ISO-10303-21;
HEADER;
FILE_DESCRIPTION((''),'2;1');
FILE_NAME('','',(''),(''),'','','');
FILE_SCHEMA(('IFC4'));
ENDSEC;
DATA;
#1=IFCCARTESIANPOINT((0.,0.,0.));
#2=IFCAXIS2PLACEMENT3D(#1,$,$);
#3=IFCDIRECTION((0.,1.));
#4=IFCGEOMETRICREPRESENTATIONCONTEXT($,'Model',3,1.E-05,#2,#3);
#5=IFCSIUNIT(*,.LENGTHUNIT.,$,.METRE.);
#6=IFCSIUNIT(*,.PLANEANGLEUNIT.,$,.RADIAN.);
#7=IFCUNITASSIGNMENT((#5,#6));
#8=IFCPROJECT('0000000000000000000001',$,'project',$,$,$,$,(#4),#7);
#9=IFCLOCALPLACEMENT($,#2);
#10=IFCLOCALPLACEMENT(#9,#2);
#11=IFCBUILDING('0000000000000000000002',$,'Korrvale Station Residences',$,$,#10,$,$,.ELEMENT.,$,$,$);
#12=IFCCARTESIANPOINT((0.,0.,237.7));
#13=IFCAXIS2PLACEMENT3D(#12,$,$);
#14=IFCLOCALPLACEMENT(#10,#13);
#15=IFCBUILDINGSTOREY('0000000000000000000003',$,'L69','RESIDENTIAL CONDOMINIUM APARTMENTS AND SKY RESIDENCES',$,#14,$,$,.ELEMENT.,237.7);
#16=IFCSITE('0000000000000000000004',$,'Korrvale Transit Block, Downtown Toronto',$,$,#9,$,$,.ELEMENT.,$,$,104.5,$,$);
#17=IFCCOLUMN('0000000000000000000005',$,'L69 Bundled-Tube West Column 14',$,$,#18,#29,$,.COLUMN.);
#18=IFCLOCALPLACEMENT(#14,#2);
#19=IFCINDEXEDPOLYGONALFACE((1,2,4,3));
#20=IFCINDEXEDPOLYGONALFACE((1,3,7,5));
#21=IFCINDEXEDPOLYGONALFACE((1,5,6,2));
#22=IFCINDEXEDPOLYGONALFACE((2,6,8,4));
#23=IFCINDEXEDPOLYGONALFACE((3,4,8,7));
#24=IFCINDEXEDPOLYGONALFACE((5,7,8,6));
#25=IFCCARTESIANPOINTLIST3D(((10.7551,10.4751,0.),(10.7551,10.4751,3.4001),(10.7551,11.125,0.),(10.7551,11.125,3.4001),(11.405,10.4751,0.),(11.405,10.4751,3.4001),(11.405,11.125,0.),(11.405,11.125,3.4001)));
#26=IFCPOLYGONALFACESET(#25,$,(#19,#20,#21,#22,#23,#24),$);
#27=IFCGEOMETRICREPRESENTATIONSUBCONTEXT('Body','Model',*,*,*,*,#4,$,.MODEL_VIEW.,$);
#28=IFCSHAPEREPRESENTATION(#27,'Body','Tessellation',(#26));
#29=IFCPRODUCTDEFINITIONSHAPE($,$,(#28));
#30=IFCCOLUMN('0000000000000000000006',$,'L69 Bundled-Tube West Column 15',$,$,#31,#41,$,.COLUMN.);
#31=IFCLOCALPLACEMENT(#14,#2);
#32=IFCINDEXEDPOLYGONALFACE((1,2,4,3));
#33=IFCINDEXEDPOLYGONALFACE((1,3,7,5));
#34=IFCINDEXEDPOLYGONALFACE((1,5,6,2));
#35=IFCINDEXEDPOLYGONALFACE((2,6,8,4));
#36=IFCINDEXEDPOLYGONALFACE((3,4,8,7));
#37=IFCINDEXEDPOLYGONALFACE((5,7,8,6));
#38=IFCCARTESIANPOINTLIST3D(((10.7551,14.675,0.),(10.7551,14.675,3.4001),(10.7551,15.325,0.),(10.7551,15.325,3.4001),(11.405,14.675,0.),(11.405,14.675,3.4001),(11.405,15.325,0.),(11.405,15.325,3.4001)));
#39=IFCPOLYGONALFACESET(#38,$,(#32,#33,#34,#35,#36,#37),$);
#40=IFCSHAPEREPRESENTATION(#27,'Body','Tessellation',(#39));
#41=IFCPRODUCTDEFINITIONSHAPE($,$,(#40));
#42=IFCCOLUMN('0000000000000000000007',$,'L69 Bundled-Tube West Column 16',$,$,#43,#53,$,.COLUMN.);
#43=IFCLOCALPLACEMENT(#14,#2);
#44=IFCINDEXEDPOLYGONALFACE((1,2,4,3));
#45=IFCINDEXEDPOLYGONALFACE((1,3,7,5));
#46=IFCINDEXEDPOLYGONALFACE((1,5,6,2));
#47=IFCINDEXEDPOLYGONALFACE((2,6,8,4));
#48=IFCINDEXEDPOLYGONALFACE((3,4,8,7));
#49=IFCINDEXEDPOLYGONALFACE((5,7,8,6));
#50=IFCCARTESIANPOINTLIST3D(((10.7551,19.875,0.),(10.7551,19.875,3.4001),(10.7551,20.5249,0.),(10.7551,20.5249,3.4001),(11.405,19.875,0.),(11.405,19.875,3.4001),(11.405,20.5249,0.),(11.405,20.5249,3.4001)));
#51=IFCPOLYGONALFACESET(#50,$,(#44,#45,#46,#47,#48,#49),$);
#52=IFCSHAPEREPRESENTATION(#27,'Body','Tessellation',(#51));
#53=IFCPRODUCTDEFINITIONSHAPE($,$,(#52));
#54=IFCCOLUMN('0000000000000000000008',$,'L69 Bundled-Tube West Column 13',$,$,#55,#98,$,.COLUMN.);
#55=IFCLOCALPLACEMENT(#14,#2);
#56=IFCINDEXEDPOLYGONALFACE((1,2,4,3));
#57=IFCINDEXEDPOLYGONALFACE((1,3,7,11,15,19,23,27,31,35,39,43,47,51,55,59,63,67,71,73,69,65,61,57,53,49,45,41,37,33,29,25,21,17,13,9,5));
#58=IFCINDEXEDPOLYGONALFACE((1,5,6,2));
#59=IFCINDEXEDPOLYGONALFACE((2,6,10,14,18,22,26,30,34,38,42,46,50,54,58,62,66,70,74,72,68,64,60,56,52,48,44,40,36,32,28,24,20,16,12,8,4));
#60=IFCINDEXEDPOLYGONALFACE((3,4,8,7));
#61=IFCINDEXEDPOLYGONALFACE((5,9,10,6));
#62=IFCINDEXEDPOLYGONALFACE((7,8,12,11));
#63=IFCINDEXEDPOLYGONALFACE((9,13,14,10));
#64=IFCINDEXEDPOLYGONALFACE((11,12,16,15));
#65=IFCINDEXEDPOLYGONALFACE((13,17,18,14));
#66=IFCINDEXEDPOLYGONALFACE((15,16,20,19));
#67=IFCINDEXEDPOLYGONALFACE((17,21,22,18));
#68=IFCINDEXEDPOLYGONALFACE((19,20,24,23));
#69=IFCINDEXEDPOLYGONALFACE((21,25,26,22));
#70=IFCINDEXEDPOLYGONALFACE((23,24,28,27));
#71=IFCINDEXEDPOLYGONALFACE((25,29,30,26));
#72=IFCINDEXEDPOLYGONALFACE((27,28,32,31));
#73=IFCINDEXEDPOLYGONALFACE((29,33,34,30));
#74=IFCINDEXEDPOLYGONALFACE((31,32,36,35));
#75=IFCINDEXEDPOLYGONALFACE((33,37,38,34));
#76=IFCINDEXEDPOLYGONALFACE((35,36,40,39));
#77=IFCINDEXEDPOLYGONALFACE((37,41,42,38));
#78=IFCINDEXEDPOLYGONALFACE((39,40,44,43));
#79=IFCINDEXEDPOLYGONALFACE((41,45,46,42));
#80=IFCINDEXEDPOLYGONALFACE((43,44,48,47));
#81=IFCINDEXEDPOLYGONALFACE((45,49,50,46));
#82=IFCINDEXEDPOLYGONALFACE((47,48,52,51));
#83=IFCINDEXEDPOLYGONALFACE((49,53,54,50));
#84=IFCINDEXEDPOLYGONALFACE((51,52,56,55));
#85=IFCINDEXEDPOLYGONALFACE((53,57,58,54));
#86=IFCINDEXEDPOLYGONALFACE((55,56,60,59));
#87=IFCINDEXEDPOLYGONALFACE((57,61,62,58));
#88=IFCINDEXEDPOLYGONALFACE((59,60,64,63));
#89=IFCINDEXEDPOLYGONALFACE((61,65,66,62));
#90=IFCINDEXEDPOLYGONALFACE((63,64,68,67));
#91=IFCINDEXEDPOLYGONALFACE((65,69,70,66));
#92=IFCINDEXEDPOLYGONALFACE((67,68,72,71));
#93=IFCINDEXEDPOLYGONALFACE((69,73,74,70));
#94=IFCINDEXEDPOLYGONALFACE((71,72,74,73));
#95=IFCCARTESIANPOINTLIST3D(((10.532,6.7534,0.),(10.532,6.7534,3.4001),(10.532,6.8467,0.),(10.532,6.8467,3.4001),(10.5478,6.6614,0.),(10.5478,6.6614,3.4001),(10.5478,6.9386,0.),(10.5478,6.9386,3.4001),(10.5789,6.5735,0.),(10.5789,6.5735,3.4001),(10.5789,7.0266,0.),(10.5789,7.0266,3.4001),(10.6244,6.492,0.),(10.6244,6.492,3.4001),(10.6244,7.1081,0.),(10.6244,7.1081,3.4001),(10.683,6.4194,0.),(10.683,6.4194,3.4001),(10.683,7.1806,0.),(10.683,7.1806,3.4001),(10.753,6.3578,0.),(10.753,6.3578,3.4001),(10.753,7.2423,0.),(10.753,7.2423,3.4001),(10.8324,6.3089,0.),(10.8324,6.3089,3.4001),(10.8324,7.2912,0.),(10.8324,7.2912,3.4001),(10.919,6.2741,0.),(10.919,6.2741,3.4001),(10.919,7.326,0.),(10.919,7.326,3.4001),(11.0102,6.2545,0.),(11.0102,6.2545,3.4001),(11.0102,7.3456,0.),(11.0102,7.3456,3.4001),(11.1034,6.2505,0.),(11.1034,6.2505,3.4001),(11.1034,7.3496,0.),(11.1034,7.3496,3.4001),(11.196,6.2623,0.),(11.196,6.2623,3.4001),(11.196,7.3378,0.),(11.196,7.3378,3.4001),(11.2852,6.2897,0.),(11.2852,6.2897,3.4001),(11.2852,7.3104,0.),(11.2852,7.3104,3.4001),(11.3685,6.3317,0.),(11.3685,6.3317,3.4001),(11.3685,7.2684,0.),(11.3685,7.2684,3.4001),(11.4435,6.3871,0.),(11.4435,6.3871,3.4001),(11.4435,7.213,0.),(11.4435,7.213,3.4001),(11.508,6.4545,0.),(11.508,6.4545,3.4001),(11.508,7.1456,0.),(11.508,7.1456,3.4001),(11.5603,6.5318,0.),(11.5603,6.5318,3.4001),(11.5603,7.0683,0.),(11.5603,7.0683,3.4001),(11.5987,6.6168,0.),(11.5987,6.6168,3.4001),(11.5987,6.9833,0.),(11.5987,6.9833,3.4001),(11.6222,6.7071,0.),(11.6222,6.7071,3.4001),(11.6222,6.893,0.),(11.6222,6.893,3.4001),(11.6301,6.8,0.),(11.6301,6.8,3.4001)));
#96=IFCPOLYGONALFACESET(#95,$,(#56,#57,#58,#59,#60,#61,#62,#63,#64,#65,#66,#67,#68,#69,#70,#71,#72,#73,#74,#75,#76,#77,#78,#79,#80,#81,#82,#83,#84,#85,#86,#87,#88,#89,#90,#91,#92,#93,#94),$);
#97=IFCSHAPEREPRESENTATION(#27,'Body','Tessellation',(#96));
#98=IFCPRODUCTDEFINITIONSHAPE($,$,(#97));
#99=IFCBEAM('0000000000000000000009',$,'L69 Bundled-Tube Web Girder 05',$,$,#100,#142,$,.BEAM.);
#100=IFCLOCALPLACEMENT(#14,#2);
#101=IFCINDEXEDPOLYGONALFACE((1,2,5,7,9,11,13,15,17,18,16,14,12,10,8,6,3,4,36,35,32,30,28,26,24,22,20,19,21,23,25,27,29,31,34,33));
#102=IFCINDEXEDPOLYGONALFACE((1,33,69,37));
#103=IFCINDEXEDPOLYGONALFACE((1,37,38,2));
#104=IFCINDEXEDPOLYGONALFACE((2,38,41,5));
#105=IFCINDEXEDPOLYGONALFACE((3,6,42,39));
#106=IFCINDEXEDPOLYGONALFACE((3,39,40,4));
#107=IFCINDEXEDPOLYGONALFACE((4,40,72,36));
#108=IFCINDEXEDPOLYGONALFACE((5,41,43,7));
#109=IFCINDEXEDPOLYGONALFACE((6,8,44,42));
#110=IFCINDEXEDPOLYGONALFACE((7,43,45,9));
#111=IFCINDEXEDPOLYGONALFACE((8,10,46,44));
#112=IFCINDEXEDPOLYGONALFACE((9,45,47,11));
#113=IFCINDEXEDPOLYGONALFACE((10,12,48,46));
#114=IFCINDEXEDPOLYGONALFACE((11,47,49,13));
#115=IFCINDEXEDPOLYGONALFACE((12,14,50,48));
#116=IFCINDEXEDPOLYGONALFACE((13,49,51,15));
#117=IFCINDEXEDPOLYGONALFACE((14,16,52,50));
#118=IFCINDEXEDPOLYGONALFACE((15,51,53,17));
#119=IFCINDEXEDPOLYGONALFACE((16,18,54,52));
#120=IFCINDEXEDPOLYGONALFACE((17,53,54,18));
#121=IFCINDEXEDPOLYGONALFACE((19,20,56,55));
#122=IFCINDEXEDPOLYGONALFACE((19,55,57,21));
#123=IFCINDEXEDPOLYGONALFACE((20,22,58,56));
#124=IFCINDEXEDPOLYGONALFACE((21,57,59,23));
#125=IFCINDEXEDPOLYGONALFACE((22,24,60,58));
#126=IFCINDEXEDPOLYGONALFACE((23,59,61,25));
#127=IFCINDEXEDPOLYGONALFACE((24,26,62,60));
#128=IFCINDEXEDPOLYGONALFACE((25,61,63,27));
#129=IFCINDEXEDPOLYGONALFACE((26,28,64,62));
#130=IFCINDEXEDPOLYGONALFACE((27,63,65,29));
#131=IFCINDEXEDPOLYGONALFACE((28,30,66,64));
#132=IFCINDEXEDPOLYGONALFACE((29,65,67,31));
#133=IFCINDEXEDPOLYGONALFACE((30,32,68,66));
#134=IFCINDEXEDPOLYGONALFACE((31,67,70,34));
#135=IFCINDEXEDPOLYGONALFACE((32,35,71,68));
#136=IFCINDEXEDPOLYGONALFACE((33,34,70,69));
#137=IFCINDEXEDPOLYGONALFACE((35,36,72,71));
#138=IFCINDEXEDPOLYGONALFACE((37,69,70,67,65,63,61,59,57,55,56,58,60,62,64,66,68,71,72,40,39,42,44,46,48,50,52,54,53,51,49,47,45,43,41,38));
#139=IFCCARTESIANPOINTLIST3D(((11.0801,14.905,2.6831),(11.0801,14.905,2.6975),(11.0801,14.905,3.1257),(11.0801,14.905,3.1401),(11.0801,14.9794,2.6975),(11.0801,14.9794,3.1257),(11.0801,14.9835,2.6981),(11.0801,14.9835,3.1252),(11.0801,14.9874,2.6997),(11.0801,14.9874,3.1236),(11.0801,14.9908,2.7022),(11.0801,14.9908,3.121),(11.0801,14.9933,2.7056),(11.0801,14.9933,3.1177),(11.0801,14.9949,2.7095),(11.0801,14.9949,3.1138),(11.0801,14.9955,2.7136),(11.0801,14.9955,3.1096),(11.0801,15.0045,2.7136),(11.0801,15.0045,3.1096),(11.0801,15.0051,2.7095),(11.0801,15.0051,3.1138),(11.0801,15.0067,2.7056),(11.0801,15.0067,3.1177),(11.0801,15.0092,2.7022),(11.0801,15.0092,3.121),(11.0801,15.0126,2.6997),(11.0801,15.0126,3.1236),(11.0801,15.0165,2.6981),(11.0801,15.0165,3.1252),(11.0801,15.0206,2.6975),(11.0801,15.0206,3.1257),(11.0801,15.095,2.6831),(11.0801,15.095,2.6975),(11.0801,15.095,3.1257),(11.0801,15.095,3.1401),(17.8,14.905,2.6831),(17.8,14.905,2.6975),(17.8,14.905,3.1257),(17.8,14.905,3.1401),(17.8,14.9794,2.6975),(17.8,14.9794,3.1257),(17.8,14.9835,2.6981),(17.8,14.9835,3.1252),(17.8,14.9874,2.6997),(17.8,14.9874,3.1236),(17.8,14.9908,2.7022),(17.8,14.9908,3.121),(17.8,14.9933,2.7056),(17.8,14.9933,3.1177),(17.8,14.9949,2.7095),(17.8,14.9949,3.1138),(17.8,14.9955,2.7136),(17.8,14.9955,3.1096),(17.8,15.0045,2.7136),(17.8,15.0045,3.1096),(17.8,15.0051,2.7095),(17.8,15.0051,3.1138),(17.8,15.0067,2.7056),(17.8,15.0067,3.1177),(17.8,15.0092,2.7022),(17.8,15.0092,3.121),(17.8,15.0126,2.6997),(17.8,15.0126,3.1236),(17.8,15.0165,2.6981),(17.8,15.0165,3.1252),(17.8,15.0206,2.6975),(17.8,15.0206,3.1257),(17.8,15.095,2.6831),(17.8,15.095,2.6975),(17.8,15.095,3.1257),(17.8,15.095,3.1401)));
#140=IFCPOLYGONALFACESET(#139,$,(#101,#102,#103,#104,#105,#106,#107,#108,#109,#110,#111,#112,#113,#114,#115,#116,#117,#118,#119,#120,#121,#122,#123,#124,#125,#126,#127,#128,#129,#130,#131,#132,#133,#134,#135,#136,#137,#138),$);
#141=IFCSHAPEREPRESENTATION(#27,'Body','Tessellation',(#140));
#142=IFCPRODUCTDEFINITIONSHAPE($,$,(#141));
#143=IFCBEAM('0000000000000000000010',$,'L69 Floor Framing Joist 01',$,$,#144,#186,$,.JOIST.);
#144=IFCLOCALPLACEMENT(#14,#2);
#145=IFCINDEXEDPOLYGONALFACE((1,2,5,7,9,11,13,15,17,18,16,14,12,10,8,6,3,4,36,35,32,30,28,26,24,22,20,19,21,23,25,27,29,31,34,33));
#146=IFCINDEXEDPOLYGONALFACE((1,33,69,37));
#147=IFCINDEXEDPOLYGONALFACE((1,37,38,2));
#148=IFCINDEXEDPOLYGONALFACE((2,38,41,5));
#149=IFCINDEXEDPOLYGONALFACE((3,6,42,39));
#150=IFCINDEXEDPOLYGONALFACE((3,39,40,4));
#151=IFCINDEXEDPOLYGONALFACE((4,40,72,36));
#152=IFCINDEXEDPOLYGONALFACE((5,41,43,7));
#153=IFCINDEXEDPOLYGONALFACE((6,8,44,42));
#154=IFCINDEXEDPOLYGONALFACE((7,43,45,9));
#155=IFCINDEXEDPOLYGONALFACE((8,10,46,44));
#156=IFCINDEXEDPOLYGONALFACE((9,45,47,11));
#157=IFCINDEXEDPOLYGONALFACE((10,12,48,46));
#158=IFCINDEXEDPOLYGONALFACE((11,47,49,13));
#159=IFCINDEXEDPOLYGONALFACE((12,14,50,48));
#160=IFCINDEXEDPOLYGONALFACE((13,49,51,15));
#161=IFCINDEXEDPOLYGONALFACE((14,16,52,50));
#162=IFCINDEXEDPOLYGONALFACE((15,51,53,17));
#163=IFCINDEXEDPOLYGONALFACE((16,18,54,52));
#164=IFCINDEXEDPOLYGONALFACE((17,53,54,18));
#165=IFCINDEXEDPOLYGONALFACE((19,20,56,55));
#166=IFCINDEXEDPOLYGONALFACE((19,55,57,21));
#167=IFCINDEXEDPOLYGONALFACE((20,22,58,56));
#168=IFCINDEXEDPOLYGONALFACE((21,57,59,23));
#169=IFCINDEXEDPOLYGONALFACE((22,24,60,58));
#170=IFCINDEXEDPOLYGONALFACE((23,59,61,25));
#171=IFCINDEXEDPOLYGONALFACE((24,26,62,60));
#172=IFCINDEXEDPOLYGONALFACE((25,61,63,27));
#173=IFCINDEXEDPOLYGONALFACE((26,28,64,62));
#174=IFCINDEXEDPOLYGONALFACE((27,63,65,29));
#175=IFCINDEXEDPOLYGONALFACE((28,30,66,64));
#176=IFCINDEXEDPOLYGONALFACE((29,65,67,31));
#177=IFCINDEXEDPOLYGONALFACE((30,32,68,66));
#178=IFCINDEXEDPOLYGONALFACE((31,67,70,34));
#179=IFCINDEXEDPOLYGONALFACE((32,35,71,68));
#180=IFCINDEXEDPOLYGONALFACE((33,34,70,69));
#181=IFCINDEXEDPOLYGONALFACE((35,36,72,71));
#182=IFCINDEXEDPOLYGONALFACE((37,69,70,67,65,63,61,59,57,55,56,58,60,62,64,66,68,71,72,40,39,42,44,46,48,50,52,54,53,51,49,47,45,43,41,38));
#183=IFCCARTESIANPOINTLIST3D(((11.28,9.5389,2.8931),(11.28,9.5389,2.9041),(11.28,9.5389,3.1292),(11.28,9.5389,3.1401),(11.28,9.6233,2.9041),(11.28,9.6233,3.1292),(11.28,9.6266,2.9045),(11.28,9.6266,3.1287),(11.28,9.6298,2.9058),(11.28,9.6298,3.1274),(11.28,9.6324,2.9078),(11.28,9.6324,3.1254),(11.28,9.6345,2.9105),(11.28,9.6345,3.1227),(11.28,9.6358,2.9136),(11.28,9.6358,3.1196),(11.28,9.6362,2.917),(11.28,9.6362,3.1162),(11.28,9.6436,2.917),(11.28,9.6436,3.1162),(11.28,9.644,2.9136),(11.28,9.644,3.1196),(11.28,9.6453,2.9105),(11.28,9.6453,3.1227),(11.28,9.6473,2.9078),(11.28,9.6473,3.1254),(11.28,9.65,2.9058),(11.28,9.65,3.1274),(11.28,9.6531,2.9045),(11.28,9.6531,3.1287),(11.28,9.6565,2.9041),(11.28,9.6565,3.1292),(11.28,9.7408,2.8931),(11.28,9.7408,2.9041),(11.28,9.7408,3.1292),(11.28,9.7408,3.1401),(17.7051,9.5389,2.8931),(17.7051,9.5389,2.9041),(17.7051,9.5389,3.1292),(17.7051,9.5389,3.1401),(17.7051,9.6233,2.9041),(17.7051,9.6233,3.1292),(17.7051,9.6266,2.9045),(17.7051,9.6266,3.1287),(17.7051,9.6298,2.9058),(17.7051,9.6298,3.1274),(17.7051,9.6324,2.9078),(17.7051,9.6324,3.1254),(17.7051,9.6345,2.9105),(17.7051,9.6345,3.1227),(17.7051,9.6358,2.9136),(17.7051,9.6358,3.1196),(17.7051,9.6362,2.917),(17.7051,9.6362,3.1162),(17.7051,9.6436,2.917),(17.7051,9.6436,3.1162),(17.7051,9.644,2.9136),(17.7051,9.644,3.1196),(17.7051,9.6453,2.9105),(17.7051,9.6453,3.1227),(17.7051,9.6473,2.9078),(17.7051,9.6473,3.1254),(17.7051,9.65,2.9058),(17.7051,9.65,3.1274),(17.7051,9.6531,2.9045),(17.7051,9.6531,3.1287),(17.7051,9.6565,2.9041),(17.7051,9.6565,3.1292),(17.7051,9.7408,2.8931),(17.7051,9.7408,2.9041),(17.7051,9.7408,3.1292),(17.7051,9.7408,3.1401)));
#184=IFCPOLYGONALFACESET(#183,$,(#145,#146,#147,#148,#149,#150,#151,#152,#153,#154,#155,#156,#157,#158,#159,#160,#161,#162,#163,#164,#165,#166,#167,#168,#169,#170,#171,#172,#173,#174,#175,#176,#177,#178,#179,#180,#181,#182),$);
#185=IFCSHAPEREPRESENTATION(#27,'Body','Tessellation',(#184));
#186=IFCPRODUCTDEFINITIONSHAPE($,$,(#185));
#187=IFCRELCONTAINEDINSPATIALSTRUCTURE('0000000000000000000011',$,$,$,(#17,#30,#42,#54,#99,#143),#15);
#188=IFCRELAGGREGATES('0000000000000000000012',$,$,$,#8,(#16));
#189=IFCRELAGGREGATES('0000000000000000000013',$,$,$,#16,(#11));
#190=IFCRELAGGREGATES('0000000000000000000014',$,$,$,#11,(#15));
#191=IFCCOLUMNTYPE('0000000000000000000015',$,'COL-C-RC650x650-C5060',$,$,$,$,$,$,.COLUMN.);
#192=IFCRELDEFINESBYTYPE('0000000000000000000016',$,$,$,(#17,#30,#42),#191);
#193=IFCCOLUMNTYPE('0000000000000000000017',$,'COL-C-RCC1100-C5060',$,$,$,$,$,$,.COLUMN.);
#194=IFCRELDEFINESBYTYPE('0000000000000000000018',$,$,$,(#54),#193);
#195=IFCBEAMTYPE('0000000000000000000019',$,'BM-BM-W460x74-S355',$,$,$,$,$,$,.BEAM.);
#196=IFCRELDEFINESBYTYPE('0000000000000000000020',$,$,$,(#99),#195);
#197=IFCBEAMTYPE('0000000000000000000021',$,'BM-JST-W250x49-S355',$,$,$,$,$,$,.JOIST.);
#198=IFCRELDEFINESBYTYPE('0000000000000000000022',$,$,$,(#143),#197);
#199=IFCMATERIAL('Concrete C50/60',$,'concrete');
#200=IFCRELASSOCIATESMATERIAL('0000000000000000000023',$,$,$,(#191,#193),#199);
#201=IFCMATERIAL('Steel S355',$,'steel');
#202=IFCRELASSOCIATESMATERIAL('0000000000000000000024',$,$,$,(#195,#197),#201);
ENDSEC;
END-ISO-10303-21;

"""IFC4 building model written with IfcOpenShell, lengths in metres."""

from ifc_helpers import new_model, si_unit, direction, frame, origin, origin_2d, place, context, subcontext, project, spatial, rectangle, circle, i_section, extrude, material, material_profile, profile_set, type_object, element, save


model = new_model("IFC4")

# Units and contexts
model_context = context("Model", 3, precision=1e-05, world=origin(), true_north=direction((0.0, 1.0)))
body_context = subcontext(model_context, "Body", "Model", "MODEL_VIEW")
ifc_project = project(units=[si_unit("LENGTHUNIT", "METRE"), si_unit("PLANEANGLEUNIT", "RADIAN")], contexts=[model_context])

# Site, building, storey
site_placement = place(None, origin())
site = spatial("IfcSite", under=ifc_project, at=site_placement, Name="Korrvale Transit Block, Downtown Toronto", CompositionType="ELEMENT", RefElevation=104.5)
building_placement = place(site_placement, origin())
building = spatial("IfcBuilding", under=site, at=building_placement, Name="Korrvale Station Residences", CompositionType="ELEMENT")
storey_placement = place(building_placement, frame((0.0, 0.0, 237.7)))
storey = spatial("IfcBuildingStorey", under=building, at=storey_placement, Name="L69", Description="RESIDENTIAL CONDOMINIUM APARTMENTS AND SKY RESIDENCES", CompositionType="ELEMENT", Elevation=237.7)

# Columns
ifc_material_1 = material(Name="Concrete C50/60", Category="concrete")
ifc_material_profile_1 = material_profile(ifc_material_1, rectangle(XDim=0.6499, YDim=0.6499, at=origin_2d()), Name="RC650x650")
ifc_profile_set_1 = profile_set([ifc_material_profile_1], Name="Concrete C50/60")
column_type_1 = type_object("IfcColumnType", Name="COL-C-RC650x650-C5060", PredefinedType="COLUMN", material=ifc_profile_set_1)
for number, where, z_axis, x_axis, name in (
    (1, (11.0801, 10.8, 0.0), (0.0, 0.0, 1.0), (1.0, 0.0, 0.0), "L69 Bundled-Tube West Column 14"),
    (2, (11.0801, 15.0, 0.0), (0.0, 0.0, 1.0), (1.0, 0.0, 0.0), "L69 Bundled-Tube West Column 15"),
    (3, (11.0801, 20.2, 0.0), (0.0, 0.0, 1.0), (1.0, 0.0, 0.0), "L69 Bundled-Tube West Column 16"),
):
    element("IfcColumn", number, at=place(storey_placement, frame(where, z_axis=z_axis, x_axis=x_axis)), inside=storey, type_object=column_type_1, Name=name, PredefinedType="COLUMN", context=body_context, shape_type="SweptSolid", body=[
        extrude(rectangle(XDim=0.6499, YDim=0.6499, at=origin_2d()), origin(), (0.0, 0.0, 1.0), 3.4001),
    ])
ifc_material_profile_2 = material_profile(ifc_material_1, circle(Radius=0.55, at=origin_2d()), Name="RCC1100")
ifc_profile_set_2 = profile_set([ifc_material_profile_2], Name="Concrete C50/60")
column_type_2 = type_object("IfcColumnType", Name="COL-C-RCC1100-C5060", PredefinedType="COLUMN", material=ifc_profile_set_2)
column_placement = place(storey_placement, frame((11.0801, 6.8, 0.0), z_axis=(0.0, 0.0, 1.0), x_axis=(1.0, 0.0, 0.0)))
element("IfcColumn", 4, at=column_placement, inside=storey, type_object=column_type_2, Name="L69 Bundled-Tube West Column 13", PredefinedType="COLUMN", context=body_context, shape_type="SweptSolid", body=[
    extrude(circle(Radius=0.55, at=origin_2d()), origin(), (0.0, 0.0, 1.0), 3.4001),
])

# Beams
ifc_material_2 = material(Name="Steel S355", Category="steel")
ifc_material_profile_3 = material_profile(ifc_material_2, i_section(OverallWidth=0.1899, OverallDepth=0.457, WebThickness=0.009, FlangeThickness=0.0144, FilletRadius=0.0161, at=origin_2d()), Name="W460x74")
ifc_profile_set_3 = profile_set([ifc_material_profile_3], Name="Steel S355")
beam_type_1 = type_object("IfcBeamType", Name="BM-BM-W460x74-S355", PredefinedType="BEAM", material=ifc_profile_set_3)
beam_1_placement = place(storey_placement, frame((11.0801, 15.0, 2.9116), z_axis=(1.0, 0.0, 0.0), x_axis=(0.0, 1.0, 0.0)))
element("IfcBeam", 5, at=beam_1_placement, inside=storey, type_object=beam_type_1, Name="L69 Bundled-Tube Web Girder 05", PredefinedType="BEAM", context=body_context, shape_type="SweptSolid", body=[
    extrude(i_section(OverallWidth=0.1899, OverallDepth=0.457, WebThickness=0.009, FlangeThickness=0.0144, FilletRadius=0.0161, at=origin_2d()), origin(), (0.0, 0.0, 1.0), 6.72),
])
ifc_material_profile_4 = material_profile(ifc_material_2, i_section(OverallWidth=0.2019, OverallDepth=0.2471, WebThickness=0.0073, FlangeThickness=0.011, FilletRadius=0.0129, at=origin_2d()), Name="W250x49")
ifc_profile_set_4 = profile_set([ifc_material_profile_4], Name="Steel S355")
beam_type_2 = type_object("IfcBeamType", Name="BM-JST-W250x49-S355", PredefinedType="JOIST", material=ifc_profile_set_4)
beam_2_placement = place(storey_placement, frame((11.28, 9.6399, 3.0166), z_axis=(1.0, 0.0, 0.0), x_axis=(0.0, 1.0, 0.0)))
element("IfcBeam", 6, at=beam_2_placement, inside=storey, type_object=beam_type_2, Name="L69 Floor Framing Joist 01", PredefinedType="JOIST", context=body_context, shape_type="SweptSolid", body=[
    extrude(i_section(OverallWidth=0.2019, OverallDepth=0.2471, WebThickness=0.0073, FlangeThickness=0.011, FilletRadius=0.0129, at=origin_2d()), origin(), (0.0, 0.0, 1.0), 6.425),
])

save(model, "model.ifc")
